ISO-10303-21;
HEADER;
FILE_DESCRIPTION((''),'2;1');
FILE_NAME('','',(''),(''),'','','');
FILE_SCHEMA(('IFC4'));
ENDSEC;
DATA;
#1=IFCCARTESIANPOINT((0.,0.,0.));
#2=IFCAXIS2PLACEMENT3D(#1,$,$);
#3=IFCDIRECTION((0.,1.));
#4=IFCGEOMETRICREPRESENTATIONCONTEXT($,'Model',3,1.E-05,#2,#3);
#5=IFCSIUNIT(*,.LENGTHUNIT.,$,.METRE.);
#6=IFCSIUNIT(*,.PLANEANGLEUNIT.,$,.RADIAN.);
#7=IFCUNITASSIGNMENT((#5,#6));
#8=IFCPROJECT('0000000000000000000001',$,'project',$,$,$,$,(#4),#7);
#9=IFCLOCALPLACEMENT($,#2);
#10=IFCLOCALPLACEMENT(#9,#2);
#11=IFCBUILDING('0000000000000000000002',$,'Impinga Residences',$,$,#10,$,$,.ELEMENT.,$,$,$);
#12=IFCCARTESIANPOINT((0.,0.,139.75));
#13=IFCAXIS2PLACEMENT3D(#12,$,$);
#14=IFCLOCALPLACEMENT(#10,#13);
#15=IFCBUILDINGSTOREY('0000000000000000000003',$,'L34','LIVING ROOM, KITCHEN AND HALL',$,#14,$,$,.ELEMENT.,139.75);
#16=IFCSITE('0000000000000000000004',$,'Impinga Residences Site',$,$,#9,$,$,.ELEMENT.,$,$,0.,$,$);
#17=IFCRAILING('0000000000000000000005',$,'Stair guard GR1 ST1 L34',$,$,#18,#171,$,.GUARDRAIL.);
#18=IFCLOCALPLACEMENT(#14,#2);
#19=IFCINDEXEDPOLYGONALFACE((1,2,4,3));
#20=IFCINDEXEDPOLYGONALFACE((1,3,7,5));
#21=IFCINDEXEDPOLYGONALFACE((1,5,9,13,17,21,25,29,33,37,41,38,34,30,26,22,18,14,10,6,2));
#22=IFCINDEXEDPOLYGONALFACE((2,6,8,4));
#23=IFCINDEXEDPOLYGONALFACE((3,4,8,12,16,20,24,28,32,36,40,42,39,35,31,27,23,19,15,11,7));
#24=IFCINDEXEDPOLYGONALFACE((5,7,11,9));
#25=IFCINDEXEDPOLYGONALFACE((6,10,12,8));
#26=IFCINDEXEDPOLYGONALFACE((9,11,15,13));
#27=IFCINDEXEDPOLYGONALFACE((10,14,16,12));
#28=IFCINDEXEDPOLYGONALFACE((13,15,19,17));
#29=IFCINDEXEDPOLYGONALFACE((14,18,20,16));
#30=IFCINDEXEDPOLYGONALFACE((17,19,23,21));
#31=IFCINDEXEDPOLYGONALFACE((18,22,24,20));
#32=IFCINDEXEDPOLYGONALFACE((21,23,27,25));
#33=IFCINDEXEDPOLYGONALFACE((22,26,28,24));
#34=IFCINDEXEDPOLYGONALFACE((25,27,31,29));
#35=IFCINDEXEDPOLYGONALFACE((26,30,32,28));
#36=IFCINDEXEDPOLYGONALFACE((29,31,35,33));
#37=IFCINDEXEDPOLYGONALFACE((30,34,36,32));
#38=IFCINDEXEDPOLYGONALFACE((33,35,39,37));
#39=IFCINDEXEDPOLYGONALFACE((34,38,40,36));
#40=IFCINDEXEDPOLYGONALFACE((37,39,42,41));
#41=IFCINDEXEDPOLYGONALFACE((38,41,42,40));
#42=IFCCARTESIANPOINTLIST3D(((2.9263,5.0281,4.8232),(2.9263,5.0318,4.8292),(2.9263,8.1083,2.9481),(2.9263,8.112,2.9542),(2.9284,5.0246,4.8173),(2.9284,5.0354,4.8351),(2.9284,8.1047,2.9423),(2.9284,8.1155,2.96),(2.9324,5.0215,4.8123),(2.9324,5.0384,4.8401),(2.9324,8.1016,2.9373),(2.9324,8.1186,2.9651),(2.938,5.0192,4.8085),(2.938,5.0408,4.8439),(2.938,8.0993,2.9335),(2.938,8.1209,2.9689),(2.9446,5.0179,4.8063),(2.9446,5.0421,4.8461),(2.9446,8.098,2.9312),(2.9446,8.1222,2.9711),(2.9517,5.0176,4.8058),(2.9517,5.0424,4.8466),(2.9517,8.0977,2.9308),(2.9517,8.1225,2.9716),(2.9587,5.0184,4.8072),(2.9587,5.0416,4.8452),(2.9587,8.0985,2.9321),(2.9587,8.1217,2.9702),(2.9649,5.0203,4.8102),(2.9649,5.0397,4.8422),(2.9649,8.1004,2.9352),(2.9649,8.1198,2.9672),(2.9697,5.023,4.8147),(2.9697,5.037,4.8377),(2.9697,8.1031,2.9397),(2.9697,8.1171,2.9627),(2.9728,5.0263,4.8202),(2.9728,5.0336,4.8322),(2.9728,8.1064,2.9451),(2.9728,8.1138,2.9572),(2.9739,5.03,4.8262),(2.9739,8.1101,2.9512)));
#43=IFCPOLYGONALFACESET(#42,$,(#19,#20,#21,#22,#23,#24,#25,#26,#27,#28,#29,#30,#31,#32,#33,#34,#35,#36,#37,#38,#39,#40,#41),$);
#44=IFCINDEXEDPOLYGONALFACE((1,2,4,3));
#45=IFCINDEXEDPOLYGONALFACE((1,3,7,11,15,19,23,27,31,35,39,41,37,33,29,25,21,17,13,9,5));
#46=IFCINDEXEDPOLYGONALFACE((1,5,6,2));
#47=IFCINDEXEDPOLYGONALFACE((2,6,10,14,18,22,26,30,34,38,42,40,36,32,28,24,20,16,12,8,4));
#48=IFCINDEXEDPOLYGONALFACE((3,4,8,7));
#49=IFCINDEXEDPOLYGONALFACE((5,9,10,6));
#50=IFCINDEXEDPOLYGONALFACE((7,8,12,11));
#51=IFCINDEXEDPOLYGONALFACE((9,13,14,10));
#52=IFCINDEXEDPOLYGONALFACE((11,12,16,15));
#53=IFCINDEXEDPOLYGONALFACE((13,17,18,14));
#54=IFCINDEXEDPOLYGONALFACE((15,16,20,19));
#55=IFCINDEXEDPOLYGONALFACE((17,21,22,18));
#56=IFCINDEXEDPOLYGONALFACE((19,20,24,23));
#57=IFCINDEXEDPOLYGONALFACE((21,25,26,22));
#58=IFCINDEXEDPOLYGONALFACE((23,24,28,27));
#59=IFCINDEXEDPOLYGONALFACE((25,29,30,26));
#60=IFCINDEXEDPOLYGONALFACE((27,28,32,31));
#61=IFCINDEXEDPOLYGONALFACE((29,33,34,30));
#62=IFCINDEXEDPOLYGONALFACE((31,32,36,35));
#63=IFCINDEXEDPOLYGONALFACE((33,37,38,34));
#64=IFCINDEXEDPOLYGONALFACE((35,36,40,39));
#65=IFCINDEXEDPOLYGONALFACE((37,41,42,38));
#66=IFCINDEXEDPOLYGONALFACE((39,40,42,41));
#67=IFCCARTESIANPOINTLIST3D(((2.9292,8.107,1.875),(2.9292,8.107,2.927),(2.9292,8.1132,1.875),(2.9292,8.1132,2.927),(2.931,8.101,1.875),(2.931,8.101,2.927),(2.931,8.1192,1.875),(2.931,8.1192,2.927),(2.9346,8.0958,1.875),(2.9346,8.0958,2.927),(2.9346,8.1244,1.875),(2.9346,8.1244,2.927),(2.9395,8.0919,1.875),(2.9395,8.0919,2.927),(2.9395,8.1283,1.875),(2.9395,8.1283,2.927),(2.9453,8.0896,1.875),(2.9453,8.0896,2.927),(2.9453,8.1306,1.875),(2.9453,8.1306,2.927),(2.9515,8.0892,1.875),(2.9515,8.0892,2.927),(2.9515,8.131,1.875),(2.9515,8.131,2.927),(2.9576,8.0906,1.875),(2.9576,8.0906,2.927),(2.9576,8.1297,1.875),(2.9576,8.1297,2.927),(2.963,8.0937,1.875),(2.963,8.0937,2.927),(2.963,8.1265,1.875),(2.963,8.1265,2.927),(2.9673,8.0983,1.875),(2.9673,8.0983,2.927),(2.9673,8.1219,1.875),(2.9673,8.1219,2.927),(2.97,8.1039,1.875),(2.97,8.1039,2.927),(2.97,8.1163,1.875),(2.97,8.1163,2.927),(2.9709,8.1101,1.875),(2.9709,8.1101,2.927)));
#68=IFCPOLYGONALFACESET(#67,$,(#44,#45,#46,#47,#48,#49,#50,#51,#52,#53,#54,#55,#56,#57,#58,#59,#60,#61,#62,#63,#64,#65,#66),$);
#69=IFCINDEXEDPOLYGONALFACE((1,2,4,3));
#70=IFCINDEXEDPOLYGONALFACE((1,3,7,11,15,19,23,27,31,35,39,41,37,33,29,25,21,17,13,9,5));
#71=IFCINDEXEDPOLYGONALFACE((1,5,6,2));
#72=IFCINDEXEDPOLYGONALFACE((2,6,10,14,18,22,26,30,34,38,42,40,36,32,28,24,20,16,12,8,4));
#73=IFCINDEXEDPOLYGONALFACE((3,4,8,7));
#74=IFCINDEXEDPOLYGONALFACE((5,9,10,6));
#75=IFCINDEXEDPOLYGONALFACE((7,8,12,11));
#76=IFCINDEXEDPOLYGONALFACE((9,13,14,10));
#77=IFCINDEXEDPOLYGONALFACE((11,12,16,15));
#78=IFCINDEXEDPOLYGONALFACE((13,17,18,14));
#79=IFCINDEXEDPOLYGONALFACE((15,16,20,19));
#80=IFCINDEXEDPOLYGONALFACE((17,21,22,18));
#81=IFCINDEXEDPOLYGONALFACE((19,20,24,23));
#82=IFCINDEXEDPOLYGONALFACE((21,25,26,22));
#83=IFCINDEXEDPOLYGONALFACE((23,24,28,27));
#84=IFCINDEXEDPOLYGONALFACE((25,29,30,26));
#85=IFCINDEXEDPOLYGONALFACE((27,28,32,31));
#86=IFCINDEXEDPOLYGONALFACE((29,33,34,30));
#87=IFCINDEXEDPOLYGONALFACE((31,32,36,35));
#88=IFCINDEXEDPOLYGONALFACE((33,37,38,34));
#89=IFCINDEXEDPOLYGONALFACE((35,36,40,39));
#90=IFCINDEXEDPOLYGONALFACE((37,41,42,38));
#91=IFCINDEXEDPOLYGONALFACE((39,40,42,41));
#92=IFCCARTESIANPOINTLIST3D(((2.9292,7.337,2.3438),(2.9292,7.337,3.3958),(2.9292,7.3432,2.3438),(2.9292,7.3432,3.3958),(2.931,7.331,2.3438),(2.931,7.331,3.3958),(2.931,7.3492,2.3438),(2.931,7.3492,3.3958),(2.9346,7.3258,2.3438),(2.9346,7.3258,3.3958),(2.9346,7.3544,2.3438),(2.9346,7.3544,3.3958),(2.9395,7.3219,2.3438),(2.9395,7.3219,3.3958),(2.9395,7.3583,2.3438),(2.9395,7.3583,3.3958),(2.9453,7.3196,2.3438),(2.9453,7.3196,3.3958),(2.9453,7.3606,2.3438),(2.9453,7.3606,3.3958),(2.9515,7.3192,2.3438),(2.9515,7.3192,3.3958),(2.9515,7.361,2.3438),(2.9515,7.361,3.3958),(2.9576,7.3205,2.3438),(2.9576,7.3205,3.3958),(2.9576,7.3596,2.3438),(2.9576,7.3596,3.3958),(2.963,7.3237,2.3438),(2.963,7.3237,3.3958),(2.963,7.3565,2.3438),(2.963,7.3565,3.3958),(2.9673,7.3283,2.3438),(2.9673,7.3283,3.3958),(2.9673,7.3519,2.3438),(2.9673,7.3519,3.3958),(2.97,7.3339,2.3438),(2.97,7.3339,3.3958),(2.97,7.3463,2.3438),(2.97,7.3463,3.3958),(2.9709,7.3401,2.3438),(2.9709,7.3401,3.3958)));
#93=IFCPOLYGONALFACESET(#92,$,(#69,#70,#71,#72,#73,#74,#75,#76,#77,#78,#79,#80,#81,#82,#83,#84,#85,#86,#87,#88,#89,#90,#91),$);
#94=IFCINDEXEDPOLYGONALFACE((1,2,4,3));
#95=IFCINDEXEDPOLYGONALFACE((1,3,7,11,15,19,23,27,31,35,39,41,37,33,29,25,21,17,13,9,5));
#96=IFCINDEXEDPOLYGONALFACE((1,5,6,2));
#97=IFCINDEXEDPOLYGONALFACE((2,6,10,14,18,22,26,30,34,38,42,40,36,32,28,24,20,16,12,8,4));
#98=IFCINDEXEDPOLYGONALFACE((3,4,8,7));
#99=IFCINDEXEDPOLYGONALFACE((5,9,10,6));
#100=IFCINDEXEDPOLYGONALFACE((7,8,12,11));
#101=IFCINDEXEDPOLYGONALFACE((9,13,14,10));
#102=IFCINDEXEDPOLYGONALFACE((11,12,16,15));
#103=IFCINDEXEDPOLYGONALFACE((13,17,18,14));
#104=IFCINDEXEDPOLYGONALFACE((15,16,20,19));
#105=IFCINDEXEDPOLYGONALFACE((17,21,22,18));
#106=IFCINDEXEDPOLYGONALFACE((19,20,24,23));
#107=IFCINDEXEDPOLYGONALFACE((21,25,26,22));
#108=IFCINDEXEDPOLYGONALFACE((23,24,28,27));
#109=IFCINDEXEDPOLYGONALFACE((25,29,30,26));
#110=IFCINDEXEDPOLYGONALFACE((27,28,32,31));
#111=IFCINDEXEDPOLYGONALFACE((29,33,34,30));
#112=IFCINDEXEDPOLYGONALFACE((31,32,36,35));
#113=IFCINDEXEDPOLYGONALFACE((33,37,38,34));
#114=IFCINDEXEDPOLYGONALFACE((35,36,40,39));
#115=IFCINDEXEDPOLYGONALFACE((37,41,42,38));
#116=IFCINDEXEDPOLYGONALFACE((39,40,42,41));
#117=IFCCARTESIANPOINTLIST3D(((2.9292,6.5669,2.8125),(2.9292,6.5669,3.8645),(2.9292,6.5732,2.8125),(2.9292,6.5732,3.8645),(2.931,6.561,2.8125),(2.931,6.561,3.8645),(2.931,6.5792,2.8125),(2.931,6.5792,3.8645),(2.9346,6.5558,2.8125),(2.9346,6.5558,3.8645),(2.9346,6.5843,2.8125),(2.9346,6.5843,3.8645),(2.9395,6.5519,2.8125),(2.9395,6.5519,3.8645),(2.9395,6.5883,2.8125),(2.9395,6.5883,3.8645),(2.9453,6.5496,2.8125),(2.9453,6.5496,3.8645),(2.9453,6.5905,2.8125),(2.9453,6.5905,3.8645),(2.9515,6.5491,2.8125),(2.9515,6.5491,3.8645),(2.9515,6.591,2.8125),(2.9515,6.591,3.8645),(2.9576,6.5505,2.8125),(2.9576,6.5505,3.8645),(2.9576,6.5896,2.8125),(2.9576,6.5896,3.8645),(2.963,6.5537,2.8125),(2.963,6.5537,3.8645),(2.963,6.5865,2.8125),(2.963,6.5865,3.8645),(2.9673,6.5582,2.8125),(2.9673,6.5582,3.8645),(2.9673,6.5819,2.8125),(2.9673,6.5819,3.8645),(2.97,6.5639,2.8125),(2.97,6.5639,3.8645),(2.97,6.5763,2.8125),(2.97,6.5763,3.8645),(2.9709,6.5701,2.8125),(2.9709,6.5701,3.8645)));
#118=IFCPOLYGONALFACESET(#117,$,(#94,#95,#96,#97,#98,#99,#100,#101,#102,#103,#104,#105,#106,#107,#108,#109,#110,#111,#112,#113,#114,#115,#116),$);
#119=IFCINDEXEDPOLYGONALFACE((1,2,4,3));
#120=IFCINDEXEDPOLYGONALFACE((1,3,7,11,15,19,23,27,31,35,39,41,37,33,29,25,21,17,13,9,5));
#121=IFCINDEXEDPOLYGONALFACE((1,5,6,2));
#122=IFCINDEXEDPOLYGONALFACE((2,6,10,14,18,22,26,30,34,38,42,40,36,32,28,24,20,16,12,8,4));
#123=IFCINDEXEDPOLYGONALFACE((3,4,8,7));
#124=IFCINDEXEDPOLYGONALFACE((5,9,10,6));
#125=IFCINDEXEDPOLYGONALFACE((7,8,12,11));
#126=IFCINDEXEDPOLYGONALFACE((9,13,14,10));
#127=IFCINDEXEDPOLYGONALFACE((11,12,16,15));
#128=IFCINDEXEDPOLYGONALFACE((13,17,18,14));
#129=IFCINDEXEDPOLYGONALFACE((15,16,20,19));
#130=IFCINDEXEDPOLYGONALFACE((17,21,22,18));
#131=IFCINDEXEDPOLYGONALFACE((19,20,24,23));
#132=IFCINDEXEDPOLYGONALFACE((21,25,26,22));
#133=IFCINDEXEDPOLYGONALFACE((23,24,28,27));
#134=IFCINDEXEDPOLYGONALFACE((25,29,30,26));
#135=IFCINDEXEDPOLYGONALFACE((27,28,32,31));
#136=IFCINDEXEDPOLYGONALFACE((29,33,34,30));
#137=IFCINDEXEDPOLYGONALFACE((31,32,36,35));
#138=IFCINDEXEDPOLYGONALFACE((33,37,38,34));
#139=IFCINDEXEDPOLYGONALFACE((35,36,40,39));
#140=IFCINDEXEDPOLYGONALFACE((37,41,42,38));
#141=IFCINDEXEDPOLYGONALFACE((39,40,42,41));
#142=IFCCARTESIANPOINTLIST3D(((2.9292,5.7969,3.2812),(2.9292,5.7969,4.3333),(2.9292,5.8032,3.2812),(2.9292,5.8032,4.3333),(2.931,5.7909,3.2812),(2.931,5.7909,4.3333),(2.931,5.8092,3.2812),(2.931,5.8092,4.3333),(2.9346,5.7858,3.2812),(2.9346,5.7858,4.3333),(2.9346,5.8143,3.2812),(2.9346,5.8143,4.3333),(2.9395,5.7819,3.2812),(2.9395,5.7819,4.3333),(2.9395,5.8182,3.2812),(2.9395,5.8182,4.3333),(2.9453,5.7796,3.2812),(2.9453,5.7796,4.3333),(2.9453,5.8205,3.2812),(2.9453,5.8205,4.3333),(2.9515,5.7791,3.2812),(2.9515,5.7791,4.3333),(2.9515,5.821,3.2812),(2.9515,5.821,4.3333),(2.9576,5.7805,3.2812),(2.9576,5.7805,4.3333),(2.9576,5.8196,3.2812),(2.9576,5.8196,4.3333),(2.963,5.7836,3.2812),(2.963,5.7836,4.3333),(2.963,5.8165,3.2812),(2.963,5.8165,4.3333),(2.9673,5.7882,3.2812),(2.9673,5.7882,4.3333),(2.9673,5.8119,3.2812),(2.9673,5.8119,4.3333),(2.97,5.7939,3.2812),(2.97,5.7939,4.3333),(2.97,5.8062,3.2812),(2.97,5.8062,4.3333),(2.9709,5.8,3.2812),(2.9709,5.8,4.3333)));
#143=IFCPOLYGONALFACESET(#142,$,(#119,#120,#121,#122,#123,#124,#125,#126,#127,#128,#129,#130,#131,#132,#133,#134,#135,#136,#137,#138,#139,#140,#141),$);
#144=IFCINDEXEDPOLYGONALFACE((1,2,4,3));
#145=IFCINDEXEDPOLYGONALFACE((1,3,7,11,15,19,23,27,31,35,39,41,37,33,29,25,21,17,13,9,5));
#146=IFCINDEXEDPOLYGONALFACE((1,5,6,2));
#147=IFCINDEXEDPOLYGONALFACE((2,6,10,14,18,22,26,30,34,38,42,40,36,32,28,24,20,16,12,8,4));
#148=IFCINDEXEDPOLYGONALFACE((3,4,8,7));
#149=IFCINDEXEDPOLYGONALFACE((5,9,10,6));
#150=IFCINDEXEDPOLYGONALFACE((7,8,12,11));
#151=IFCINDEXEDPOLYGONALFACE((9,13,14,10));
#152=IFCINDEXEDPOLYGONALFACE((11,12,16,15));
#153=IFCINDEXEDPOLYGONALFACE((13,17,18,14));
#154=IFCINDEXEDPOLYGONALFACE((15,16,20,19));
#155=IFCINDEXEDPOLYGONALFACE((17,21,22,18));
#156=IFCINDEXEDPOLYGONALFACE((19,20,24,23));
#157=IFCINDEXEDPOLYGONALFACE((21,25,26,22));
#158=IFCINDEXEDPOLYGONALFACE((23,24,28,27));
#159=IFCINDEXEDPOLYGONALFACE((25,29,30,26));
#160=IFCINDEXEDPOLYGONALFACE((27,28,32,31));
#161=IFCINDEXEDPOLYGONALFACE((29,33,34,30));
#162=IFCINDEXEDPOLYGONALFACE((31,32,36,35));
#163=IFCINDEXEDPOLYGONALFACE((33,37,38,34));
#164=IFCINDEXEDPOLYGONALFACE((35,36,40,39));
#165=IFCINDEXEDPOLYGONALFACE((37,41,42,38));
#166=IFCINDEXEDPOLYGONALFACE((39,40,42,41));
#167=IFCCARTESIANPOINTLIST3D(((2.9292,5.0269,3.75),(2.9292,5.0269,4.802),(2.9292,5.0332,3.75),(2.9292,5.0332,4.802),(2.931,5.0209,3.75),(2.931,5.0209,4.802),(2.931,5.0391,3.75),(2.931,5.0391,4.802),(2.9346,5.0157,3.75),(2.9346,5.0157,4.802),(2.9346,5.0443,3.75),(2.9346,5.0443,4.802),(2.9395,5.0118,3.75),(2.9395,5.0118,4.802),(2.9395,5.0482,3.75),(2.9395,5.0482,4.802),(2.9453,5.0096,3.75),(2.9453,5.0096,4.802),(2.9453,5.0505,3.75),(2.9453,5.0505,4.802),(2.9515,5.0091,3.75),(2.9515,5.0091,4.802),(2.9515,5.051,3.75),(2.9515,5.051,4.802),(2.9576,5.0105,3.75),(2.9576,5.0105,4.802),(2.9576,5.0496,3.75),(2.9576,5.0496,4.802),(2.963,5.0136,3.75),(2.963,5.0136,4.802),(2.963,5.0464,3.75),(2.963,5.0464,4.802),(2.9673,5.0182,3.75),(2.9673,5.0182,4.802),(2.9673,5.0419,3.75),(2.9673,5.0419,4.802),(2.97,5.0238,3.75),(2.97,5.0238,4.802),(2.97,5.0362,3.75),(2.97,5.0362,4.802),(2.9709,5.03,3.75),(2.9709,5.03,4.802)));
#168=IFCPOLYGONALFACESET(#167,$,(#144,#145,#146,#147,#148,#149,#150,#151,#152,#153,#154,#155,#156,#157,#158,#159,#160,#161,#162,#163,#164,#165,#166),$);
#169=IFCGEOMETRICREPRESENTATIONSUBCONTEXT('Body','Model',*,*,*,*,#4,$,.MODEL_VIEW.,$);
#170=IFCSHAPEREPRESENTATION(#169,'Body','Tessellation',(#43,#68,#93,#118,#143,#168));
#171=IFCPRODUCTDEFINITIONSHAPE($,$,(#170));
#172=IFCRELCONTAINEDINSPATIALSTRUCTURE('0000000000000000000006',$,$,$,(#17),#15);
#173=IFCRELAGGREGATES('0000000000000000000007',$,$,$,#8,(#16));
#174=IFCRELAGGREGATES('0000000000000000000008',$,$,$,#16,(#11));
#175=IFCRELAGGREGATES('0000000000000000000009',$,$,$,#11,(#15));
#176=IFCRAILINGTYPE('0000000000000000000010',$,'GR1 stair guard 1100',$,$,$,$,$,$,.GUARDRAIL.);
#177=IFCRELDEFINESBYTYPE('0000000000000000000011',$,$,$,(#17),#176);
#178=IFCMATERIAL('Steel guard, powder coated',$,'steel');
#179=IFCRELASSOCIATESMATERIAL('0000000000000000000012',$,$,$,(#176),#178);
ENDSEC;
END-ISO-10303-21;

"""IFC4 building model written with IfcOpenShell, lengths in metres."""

from ifc_helpers import new_model, si_unit, direction, frame, origin, origin_2d, place, context, subcontext, project, spatial, circle, extrude, material, type_object, element, save


model = new_model("IFC4")

# Units and contexts
model_context = context("Model", 3, precision=1e-05, world=origin(), true_north=direction((0.0, 1.0)))
body_context = subcontext(model_context, "Body", "Model", "MODEL_VIEW")
ifc_project = project(units=[si_unit("LENGTHUNIT", "METRE"), si_unit("PLANEANGLEUNIT", "RADIAN")], contexts=[model_context])

# Site, building, storey
site_placement = place(None, origin())
site = spatial("IfcSite", under=ifc_project, at=site_placement, Name="Impinga Residences Site", CompositionType="ELEMENT", RefElevation=0.0)
building_placement = place(site_placement, origin())
building = spatial("IfcBuilding", under=site, at=building_placement, Name="Impinga Residences", CompositionType="ELEMENT")
storey_placement = place(building_placement, frame((0.0, 0.0, 139.75)))
storey = spatial("IfcBuildingStorey", under=building, at=storey_placement, Name="L34", Description="LIVING ROOM, KITCHEN AND HALL", CompositionType="ELEMENT", Elevation=139.75)

# Railing
ifc_material_1 = material(Name="Steel guard, powder coated", Category="steel")
railing_type_1 = type_object("IfcRailingType", Name="GR1 stair guard 1100", PredefinedType="GUARDRAIL", material=ifc_material_1)
railing_1_placement = place(storey_placement, frame((2.95, 8.1101, 1.875)))
element("IfcRailing", 1, at=railing_1_placement, inside=storey, type_object=railing_type_1, Name="Stair guard GR1 ST1 L34", PredefinedType="GUARDRAIL", context=body_context, shape_type="SweptSolid", body=[
    extrude(circle(Radius=0.0239, at=origin_2d()), frame((0.0, 0.0, 1.0762), z_axis=(0.0, -0.854178, 0.519981), x_axis=(1.0, 0.0, 0.0)), (0.0, 0.0, 1.0), 3.606),
    extrude(circle(Radius=0.021, at=origin_2d()), origin(), (0.0, 0.0, 1.0), 1.052),
    extrude(circle(Radius=0.021, at=origin_2d()), frame((0.0, -0.77, 0.4688)), (0.0, 0.0, 1.0), 1.052),
    extrude(circle(Radius=0.021, at=origin_2d()), frame((0.0, -1.54, 0.9375)), (0.0, 0.0, 1.0), 1.052),
    extrude(circle(Radius=0.021, at=origin_2d()), frame((0.0, -2.3101, 1.4062)), (0.0, 0.0, 1.0), 1.052),
    extrude(circle(Radius=0.021, at=origin_2d()), frame((0.0, -3.0801, 1.875)), (0.0, 0.0, 1.0), 1.052),
])

save(model, "model.ifc")
